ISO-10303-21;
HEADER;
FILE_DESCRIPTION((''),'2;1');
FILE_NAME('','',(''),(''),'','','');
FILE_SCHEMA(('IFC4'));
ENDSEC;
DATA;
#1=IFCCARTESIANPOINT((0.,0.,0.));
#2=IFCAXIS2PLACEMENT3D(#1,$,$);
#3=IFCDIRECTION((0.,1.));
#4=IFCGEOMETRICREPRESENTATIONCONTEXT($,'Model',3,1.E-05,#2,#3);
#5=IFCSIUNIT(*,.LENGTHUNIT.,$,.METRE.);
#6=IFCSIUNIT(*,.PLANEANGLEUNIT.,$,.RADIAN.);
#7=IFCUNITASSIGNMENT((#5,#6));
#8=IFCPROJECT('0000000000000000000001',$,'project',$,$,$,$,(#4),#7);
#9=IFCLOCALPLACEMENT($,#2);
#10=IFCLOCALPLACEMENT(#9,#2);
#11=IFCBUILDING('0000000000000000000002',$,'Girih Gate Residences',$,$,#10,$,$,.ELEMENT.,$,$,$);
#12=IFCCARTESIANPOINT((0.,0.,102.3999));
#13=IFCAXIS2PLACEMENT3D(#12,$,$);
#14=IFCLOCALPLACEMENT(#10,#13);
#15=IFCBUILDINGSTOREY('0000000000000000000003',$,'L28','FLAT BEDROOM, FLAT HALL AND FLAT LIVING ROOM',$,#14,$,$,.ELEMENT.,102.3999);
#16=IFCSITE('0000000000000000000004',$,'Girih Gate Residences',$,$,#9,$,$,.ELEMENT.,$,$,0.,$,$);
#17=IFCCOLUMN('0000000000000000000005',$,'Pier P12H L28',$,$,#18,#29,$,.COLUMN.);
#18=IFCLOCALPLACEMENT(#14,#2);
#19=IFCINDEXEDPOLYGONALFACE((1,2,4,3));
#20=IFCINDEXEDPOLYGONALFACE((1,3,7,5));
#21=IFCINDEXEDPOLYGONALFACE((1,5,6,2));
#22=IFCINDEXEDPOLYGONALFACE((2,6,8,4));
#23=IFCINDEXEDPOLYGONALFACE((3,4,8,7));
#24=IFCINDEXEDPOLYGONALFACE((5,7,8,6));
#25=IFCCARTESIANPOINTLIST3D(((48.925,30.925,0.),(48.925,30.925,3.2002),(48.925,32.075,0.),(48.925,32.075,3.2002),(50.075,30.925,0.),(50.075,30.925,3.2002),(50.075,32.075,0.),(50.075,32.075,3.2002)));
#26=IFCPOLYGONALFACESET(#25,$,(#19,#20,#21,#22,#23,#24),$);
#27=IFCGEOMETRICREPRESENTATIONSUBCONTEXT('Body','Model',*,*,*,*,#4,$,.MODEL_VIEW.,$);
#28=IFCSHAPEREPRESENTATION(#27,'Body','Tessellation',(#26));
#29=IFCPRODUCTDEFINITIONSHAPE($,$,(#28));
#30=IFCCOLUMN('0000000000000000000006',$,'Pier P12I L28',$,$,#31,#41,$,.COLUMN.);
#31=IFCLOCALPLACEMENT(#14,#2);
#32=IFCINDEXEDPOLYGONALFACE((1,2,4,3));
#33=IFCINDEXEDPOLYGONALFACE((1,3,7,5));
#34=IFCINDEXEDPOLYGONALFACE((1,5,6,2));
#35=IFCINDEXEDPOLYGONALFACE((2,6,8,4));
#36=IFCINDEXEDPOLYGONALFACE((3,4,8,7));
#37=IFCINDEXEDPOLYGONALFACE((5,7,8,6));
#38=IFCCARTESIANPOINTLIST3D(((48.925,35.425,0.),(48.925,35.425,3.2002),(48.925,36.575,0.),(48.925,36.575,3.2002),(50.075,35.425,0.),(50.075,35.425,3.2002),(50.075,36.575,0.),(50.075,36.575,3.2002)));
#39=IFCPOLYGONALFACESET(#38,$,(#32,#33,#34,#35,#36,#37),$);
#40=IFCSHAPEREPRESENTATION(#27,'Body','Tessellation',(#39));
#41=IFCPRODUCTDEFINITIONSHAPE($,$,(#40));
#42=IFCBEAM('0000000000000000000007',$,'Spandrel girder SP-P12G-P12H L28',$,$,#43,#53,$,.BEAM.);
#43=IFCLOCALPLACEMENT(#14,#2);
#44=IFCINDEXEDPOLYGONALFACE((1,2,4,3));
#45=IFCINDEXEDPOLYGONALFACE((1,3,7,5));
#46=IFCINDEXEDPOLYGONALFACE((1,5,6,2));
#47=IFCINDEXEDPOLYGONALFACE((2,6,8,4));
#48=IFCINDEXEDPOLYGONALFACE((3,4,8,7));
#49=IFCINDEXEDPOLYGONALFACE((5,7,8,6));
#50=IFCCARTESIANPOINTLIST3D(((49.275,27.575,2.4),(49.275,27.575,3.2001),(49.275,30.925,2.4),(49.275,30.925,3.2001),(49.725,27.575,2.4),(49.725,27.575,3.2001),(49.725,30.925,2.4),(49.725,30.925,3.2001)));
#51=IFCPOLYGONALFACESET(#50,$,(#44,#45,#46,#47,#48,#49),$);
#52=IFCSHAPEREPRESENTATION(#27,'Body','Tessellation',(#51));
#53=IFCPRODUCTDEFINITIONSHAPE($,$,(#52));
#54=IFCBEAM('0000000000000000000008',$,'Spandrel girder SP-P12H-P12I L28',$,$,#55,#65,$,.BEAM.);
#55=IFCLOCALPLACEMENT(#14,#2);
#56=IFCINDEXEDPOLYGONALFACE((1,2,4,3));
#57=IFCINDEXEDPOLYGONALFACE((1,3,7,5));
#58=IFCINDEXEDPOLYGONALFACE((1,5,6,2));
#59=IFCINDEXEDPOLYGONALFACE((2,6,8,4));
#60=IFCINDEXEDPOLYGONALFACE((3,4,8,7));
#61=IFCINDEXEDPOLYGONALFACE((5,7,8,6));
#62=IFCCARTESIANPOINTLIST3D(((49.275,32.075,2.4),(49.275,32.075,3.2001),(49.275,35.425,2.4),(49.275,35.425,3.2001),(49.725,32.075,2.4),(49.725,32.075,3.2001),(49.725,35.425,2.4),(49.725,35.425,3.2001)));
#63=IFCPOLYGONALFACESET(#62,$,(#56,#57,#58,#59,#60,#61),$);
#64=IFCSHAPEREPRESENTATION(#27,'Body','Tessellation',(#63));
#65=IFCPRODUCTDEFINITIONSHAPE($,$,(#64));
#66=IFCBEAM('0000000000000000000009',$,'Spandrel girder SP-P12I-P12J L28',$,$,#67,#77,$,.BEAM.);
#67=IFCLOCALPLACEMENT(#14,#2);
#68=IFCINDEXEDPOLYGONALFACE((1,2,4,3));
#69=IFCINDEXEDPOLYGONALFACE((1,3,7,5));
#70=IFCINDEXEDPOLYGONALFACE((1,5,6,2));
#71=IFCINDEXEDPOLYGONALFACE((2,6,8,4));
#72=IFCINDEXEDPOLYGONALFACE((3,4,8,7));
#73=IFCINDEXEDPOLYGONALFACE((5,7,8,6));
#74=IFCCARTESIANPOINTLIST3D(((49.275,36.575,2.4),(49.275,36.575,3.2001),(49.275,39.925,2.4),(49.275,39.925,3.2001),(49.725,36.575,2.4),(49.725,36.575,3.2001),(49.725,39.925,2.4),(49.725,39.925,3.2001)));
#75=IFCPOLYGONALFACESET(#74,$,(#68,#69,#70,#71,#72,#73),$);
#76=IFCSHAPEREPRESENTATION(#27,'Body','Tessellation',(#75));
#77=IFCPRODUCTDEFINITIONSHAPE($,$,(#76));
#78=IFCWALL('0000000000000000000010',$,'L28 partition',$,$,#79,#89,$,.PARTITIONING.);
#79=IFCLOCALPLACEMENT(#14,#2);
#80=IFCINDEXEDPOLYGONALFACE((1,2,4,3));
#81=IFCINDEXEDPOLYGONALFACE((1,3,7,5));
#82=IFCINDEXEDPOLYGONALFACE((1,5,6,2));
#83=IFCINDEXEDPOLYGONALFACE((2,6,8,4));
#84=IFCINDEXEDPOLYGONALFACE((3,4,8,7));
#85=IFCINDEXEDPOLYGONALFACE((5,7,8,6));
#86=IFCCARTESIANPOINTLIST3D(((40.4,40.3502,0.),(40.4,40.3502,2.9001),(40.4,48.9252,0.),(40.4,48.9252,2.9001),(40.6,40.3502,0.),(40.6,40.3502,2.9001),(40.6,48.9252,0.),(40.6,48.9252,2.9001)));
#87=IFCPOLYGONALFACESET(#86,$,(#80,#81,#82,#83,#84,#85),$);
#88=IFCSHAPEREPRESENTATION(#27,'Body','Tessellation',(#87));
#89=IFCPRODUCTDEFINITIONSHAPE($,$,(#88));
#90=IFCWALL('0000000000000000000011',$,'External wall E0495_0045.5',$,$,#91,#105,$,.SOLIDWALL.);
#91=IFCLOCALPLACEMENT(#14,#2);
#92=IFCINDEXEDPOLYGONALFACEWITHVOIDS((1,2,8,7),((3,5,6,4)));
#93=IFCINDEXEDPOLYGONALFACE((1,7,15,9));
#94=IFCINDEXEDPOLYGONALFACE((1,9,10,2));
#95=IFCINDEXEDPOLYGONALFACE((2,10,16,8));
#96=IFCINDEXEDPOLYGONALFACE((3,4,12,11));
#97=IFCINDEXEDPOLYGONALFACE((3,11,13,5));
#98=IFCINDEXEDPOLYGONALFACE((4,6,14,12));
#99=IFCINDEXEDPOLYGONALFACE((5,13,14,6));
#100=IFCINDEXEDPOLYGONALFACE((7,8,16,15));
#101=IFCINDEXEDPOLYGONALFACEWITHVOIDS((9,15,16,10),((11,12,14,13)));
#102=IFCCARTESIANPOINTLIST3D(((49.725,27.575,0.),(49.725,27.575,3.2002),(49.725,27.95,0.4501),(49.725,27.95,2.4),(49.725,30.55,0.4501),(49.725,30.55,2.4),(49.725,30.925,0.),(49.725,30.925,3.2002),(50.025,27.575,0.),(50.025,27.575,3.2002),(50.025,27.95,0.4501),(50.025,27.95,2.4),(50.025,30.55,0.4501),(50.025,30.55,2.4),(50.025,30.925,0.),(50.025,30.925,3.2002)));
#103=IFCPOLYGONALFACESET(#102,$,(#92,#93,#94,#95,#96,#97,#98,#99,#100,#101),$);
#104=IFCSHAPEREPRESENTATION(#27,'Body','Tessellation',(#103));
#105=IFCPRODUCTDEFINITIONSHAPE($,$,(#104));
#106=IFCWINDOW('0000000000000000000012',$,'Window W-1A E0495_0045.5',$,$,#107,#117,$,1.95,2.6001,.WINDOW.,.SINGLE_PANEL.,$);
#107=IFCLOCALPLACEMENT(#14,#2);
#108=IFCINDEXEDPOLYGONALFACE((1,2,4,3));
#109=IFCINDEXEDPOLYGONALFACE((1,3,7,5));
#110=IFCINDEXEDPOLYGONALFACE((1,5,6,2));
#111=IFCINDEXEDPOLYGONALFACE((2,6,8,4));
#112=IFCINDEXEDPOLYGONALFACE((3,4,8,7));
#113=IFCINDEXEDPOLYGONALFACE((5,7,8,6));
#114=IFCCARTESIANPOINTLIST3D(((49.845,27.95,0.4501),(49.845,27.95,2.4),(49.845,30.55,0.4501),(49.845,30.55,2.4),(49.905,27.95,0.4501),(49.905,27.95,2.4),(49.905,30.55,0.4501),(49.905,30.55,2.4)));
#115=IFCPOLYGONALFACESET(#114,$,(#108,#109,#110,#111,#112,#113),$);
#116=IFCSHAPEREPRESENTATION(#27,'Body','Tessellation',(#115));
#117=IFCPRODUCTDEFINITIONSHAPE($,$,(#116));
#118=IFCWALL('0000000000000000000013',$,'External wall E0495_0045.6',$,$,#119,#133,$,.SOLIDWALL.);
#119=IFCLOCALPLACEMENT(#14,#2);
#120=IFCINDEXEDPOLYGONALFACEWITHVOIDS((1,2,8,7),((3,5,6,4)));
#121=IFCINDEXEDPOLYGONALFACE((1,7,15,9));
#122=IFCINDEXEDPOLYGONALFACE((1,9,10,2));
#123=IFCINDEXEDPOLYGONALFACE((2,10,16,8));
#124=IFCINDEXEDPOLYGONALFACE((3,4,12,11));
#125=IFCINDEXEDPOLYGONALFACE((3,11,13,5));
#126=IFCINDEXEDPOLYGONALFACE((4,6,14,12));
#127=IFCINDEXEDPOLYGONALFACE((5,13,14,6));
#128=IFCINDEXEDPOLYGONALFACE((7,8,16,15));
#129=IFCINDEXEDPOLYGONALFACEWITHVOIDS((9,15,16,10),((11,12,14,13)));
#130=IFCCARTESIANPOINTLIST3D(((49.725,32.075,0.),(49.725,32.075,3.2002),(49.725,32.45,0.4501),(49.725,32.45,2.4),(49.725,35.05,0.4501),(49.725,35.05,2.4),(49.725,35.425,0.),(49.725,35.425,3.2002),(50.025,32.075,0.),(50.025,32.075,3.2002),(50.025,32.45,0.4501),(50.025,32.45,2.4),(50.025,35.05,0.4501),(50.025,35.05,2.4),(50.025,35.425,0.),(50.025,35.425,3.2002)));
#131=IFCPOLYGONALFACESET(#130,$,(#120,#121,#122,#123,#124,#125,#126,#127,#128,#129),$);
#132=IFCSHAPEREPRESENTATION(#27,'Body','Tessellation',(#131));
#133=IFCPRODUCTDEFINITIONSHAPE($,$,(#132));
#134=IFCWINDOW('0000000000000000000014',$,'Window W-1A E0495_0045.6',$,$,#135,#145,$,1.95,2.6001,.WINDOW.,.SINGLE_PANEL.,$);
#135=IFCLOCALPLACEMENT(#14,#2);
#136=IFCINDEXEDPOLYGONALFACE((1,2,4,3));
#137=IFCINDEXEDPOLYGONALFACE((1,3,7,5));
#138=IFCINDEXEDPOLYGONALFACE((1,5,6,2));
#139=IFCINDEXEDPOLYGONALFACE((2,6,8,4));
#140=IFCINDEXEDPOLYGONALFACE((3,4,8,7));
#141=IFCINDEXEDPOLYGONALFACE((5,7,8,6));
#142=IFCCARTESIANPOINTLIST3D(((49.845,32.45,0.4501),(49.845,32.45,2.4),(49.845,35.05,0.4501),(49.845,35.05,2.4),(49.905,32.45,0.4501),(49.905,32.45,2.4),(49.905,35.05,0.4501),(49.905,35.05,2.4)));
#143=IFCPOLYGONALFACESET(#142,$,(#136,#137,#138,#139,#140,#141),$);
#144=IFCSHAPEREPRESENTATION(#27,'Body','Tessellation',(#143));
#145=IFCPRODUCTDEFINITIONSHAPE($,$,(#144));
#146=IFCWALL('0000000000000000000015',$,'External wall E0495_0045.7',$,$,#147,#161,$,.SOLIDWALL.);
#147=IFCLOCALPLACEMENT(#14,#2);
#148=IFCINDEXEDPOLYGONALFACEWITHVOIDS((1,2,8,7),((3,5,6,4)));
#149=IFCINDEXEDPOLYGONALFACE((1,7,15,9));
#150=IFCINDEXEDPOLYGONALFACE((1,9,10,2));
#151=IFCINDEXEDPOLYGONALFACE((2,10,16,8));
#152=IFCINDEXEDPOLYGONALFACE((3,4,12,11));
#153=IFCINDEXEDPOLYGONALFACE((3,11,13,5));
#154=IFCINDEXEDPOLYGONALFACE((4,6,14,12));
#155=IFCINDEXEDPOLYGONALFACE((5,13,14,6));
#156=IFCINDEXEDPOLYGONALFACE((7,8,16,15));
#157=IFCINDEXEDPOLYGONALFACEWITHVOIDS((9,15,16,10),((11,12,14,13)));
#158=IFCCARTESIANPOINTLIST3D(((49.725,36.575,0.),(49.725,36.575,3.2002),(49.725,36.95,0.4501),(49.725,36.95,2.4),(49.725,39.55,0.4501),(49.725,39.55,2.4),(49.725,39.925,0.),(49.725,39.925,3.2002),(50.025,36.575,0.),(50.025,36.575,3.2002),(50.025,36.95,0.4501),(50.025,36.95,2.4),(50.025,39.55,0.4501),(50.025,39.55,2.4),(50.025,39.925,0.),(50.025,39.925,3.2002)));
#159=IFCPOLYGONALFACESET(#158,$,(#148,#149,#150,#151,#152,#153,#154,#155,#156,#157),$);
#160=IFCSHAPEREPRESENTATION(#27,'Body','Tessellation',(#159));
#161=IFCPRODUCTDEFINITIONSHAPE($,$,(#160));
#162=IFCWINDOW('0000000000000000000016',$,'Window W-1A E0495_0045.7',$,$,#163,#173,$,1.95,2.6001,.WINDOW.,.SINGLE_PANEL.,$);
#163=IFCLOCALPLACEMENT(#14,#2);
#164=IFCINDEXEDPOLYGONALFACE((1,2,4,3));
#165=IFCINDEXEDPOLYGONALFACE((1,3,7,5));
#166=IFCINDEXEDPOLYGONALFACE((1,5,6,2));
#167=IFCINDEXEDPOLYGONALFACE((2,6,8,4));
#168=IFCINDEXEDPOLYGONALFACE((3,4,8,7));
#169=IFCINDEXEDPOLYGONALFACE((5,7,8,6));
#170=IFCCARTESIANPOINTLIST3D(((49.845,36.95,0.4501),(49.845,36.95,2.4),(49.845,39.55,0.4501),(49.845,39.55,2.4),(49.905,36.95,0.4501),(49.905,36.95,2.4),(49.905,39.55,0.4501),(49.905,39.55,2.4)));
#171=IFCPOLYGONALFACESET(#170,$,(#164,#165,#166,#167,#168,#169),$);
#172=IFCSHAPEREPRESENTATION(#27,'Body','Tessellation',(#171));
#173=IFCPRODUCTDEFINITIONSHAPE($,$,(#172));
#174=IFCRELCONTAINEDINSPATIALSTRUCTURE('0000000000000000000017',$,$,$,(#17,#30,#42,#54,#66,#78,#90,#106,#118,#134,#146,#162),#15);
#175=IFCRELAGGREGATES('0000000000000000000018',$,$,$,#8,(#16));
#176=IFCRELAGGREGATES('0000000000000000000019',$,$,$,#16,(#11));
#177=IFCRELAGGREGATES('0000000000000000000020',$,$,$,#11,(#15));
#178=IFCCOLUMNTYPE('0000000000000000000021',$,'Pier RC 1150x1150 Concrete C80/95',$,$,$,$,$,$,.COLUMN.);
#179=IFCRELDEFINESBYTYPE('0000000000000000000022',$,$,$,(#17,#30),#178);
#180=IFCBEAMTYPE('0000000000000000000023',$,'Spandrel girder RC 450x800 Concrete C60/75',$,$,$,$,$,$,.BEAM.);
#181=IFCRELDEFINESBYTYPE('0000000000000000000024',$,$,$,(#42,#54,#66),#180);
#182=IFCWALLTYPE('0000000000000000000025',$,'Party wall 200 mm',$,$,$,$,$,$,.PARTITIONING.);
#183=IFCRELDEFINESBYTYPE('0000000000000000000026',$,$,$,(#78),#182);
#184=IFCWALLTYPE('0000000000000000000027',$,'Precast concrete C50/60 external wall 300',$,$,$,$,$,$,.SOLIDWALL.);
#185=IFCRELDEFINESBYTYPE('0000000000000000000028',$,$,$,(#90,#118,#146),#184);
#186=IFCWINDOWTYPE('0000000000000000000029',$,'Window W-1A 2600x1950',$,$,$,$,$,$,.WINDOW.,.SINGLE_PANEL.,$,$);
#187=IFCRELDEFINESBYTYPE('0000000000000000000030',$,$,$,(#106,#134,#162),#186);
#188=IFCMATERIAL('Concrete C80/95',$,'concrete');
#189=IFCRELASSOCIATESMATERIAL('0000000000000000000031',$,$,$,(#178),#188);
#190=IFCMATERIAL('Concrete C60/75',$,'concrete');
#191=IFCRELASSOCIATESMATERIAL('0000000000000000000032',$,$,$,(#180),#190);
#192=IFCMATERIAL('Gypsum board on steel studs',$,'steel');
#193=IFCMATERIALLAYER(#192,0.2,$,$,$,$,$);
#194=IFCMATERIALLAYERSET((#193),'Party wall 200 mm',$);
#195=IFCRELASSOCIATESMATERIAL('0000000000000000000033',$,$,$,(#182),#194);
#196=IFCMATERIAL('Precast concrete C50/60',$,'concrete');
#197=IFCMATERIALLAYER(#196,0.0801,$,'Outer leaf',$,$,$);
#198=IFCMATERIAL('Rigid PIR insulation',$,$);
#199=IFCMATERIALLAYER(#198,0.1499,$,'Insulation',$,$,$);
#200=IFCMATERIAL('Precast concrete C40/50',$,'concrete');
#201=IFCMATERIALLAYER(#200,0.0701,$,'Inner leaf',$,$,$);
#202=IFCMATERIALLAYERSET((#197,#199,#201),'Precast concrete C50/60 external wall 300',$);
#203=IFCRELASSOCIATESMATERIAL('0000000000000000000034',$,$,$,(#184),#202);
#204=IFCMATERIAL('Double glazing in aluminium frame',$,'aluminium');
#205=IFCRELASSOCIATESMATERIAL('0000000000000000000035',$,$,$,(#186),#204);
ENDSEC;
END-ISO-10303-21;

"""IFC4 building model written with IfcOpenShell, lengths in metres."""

from ifc_helpers import new_model, si_unit, direction, frame, frame_2d, origin, origin_2d, place, context, subcontext, project, spatial, rectangle, extrude, material, layer, layer_set, material_profile, profile_set, type_object, element, fill, save


model = new_model("IFC4")

# Units and contexts
model_context = context("Model", 3, precision=1e-05, world=origin(), true_north=direction((0.0, 1.0)))
body_context = subcontext(model_context, "Body", "Model", "MODEL_VIEW")
ifc_project = project(units=[si_unit("LENGTHUNIT", "METRE"), si_unit("PLANEANGLEUNIT", "RADIAN")], contexts=[model_context])

# Site, building, storey
site_placement = place(None, origin())
site = spatial("IfcSite", under=ifc_project, at=site_placement, Name="Girih Gate Residences", CompositionType="ELEMENT", RefElevation=0.0)
building_placement = place(site_placement, origin())
building = spatial("IfcBuilding", under=site, at=building_placement, Name="Girih Gate Residences", CompositionType="ELEMENT")
storey_placement = place(building_placement, frame((0.0, 0.0, 102.3999)))
storey = spatial("IfcBuildingStorey", under=building, at=storey_placement, Name="L28", Description="FLAT BEDROOM, FLAT HALL AND FLAT LIVING ROOM", CompositionType="ELEMENT", Elevation=102.3999)

# Columns
ifc_material_1 = material(Name="Concrete C80/95", Category="concrete")
ifc_material_profile_1 = material_profile(ifc_material_1, rectangle(XDim=1.1499, YDim=1.1499, at=origin_2d()))
ifc_profile_set_1 = profile_set([ifc_material_profile_1], Name="Concrete C80/95")
column_type = type_object("IfcColumnType", Name="Pier RC 1150x1150 Concrete C80/95", PredefinedType="COLUMN", material=ifc_profile_set_1)
for number, where, z_axis, x_axis, name in (
    (1, (49.5, 31.5, 0.0), (0.0, 0.0, 1.0), (1.0, 0.0, 0.0), "Pier P12H L28"),
    (2, (49.5, 36.0, 0.0), (0.0, 0.0, 1.0), (1.0, 0.0, 0.0), "Pier P12I L28"),
):
    element("IfcColumn", number, at=place(storey_placement, frame(where, z_axis=z_axis, x_axis=x_axis)), inside=storey, type_object=column_type, Name=name, PredefinedType="COLUMN", context=body_context, shape_type="SweptSolid", body=[
        extrude(rectangle(XDim=1.1499, YDim=1.1499, at=origin_2d()), origin(), (0.0, 0.0, 1.0), 3.2002),
    ])

# Beams
ifc_material_2 = material(Name="Concrete C60/75", Category="concrete")
ifc_material_profile_2 = material_profile(ifc_material_2, rectangle(XDim=0.45, YDim=0.8, at=origin_2d()))
ifc_profile_set_2 = profile_set([ifc_material_profile_2], Name="Concrete C60/75")
beam_type = type_object("IfcBeamType", Name="Spandrel girder RC 450x800 Concrete C60/75", PredefinedType="BEAM", material=ifc_profile_set_2)
for number, where, z_axis, x_axis, name in (
    (3, (49.5, 27.575, 2.8), (0.0, 1.0, 0.0), (-1.0, 0.0, 0.0), "Spandrel girder SP-P12G-P12H L28"),
    (4, (49.5, 32.075, 2.8), (0.0, 1.0, 0.0), (-1.0, 0.0, 0.0), "Spandrel girder SP-P12H-P12I L28"),
    (5, (49.5, 36.575, 2.8), (0.0, 1.0, 0.0), (-1.0, 0.0, 0.0), "Spandrel girder SP-P12I-P12J L28"),
):
    element("IfcBeam", number, at=place(storey_placement, frame(where, z_axis=z_axis, x_axis=x_axis)), inside=storey, type_object=beam_type, Name=name, PredefinedType="BEAM", context=body_context, shape_type="SweptSolid", body=[
        extrude(rectangle(XDim=0.45, YDim=0.8, at=origin_2d()), origin(), (0.0, 0.0, 1.0), 3.3501),
    ])

# Wall
ifc_material_3 = material(Name="Gypsum board on steel studs", Category="steel")
ifc_layer_1 = layer(ifc_material_3, 0.2)
ifc_layer_set_1 = layer_set([ifc_layer_1], Name="Party wall 200 mm")
wall_type_1 = type_object("IfcWallType", Name="Party wall 200 mm", PredefinedType="PARTITIONING", material=ifc_layer_set_1)
wall_1_placement = place(storey_placement, frame((40.5, 40.3501, 0.0), z_axis=(0.0, 0.0, 1.0), x_axis=(0.0, 1.0, 0.0)))
element("IfcWall", 6, at=wall_1_placement, inside=storey, type_object=wall_type_1, Name="L28 partition", PredefinedType="PARTITIONING", context=body_context, shape_type="SweptSolid", body=[
    extrude(rectangle(XDim=8.575, YDim=0.2, at=frame_2d((4.2876, 0.0))), origin(), (0.0, 0.0, 1.0), 2.9001),
])

# Walls, openings, windows
ifc_material_4 = material(Name="Precast concrete C50/60", Category="concrete")
ifc_layer_2 = layer(ifc_material_4, 0.0801, Name="Outer leaf")
ifc_material_5 = material(Name="Rigid PIR insulation")
ifc_layer_3 = layer(ifc_material_5, 0.1499, Name="Insulation")
ifc_material_6 = material(Name="Precast concrete C40/50", Category="concrete")
ifc_layer_4 = layer(ifc_material_6, 0.0701, Name="Inner leaf")
ifc_layer_set_2 = layer_set([ifc_layer_2, ifc_layer_3, ifc_layer_4], Name="Precast concrete C50/60 external wall 300")
wall_type_2 = type_object("IfcWallType", Name="Precast concrete C50/60 external wall 300", PredefinedType="SOLIDWALL", material=ifc_layer_set_2)
wall_2_placement = place(storey_placement, frame((49.875, 30.925, 0.0), z_axis=(0.0, 0.0, 1.0), x_axis=(0.0, -1.0, 0.0)))
wall_2 = element("IfcWall", 7, at=wall_2_placement, inside=storey, type_object=wall_type_2, Name="External wall E0495_0045.5", PredefinedType="SOLIDWALL", context=body_context, shape_type="SweptSolid", body=[
    extrude(rectangle(XDim=3.3501, YDim=0.3, at=frame_2d((1.675, 0.0))), origin(), (0.0, 0.0, 1.0), 3.2002),
])
opening_1_placement = place(wall_2_placement, frame((0.375, 0.0, 0.45)))
opening_1 = element("IfcOpeningElement", 8, at=opening_1_placement, cuts=wall_2, PredefinedType="OPENING", context=body_context, shape_type="SweptSolid", body=[
    extrude(rectangle(XDim=2.6001, YDim=1.95, at=frame_2d((1.3, 0.9751))), frame((0.0, 0.1599, 0.0), z_axis=(0.0, -1.0, 0.0), x_axis=(1.0, 0.0, 0.0)), (0.0, 0.0, 1.0), 0.3201),
])
ifc_material_7 = material(Name="Double glazing in aluminium frame", Category="aluminium")
window_type = type_object("IfcWindowType", Name="Window W-1A 2600x1950", PartitioningType="SINGLE_PANEL", PredefinedType="WINDOW", material=ifc_material_7)
window_1_placement = place(opening_1_placement, origin())
window_1 = element("IfcWindow", 9, at=window_1_placement, inside=storey, type_object=window_type, Name="Window W-1A E0495_0045.5", OverallHeight=1.95, OverallWidth=2.6001, PartitioningType="SINGLE_PANEL", PredefinedType="WINDOW", context=body_context, shape_type="SweptSolid", body=[
    extrude(rectangle(XDim=2.6001, YDim=1.95, at=frame_2d((1.3, 0.9751))), frame((0.0, 0.03, 0.0), z_axis=(0.0, -1.0, 0.0), x_axis=(1.0, 0.0, 0.0)), (0.0, 0.0, 1.0), 0.0601),
])
fill(opening_1, window_1)
wall_3_placement = place(storey_placement, frame((49.875, 35.425, 0.0), z_axis=(0.0, 0.0, 1.0), x_axis=(0.0, -1.0, 0.0)))
wall_3 = element("IfcWall", 10, at=wall_3_placement, inside=storey, type_object=wall_type_2, Name="External wall E0495_0045.6", PredefinedType="SOLIDWALL", context=body_context, shape_type="SweptSolid", body=[
    extrude(rectangle(XDim=3.3501, YDim=0.3, at=frame_2d((1.675, 0.0))), origin(), (0.0, 0.0, 1.0), 3.2002),
])
opening_2_placement = place(wall_3_placement, frame((0.375, 0.0, 0.45)))
opening_2 = element("IfcOpeningElement", 11, at=opening_2_placement, cuts=wall_3, PredefinedType="OPENING", context=body_context, shape_type="SweptSolid", body=[
    extrude(rectangle(XDim=2.6001, YDim=1.95, at=frame_2d((1.3, 0.9751))), frame((0.0, 0.1599, 0.0), z_axis=(0.0, -1.0, 0.0), x_axis=(1.0, 0.0, 0.0)), (0.0, 0.0, 1.0), 0.3201),
])
window_2_placement = place(opening_2_placement, origin())
window_2 = element("IfcWindow", 12, at=window_2_placement, inside=storey, type_object=window_type, Name="Window W-1A E0495_0045.6", OverallHeight=1.95, OverallWidth=2.6001, PartitioningType="SINGLE_PANEL", PredefinedType="WINDOW", context=body_context, shape_type="SweptSolid", body=[
    extrude(rectangle(XDim=2.6001, YDim=1.95, at=frame_2d((1.3, 0.9751))), frame((0.0, 0.03, 0.0), z_axis=(0.0, -1.0, 0.0), x_axis=(1.0, 0.0, 0.0)), (0.0, 0.0, 1.0), 0.0601),
])
fill(opening_2, window_2)
wall_4_placement = place(storey_placement, frame((49.875, 39.925, 0.0), z_axis=(0.0, 0.0, 1.0), x_axis=(0.0, -1.0, 0.0)))
wall_4 = element("IfcWall", 13, at=wall_4_placement, inside=storey, type_object=wall_type_2, Name="External wall E0495_0045.7", PredefinedType="SOLIDWALL", context=body_context, shape_type="SweptSolid", body=[
    extrude(rectangle(XDim=3.3501, YDim=0.3, at=frame_2d((1.675, 0.0))), origin(), (0.0, 0.0, 1.0), 3.2002),
])
opening_3_placement = place(wall_4_placement, frame((0.375, 0.0, 0.45)))
opening_3 = element("IfcOpeningElement", 14, at=opening_3_placement, cuts=wall_4, PredefinedType="OPENING", context=body_context, shape_type="SweptSolid", body=[
    extrude(rectangle(XDim=2.6001, YDim=1.95, at=frame_2d((1.3, 0.9751))), frame((0.0, 0.1599, 0.0), z_axis=(0.0, -1.0, 0.0), x_axis=(1.0, 0.0, 0.0)), (0.0, 0.0, 1.0), 0.3201),
])
window_3_placement = place(opening_3_placement, origin())
window_3 = element("IfcWindow", 15, at=window_3_placement, inside=storey, type_object=window_type, Name="Window W-1A E0495_0045.7", OverallHeight=1.95, OverallWidth=2.6001, PartitioningType="SINGLE_PANEL", PredefinedType="WINDOW", context=body_context, shape_type="SweptSolid", body=[
    extrude(rectangle(XDim=2.6001, YDim=1.95, at=frame_2d((1.3, 0.9751))), frame((0.0, 0.03, 0.0), z_axis=(0.0, -1.0, 0.0), x_axis=(1.0, 0.0, 0.0)), (0.0, 0.0, 1.0), 0.0601),
])
fill(opening_3, window_3)

save(model, "model.ifc")
